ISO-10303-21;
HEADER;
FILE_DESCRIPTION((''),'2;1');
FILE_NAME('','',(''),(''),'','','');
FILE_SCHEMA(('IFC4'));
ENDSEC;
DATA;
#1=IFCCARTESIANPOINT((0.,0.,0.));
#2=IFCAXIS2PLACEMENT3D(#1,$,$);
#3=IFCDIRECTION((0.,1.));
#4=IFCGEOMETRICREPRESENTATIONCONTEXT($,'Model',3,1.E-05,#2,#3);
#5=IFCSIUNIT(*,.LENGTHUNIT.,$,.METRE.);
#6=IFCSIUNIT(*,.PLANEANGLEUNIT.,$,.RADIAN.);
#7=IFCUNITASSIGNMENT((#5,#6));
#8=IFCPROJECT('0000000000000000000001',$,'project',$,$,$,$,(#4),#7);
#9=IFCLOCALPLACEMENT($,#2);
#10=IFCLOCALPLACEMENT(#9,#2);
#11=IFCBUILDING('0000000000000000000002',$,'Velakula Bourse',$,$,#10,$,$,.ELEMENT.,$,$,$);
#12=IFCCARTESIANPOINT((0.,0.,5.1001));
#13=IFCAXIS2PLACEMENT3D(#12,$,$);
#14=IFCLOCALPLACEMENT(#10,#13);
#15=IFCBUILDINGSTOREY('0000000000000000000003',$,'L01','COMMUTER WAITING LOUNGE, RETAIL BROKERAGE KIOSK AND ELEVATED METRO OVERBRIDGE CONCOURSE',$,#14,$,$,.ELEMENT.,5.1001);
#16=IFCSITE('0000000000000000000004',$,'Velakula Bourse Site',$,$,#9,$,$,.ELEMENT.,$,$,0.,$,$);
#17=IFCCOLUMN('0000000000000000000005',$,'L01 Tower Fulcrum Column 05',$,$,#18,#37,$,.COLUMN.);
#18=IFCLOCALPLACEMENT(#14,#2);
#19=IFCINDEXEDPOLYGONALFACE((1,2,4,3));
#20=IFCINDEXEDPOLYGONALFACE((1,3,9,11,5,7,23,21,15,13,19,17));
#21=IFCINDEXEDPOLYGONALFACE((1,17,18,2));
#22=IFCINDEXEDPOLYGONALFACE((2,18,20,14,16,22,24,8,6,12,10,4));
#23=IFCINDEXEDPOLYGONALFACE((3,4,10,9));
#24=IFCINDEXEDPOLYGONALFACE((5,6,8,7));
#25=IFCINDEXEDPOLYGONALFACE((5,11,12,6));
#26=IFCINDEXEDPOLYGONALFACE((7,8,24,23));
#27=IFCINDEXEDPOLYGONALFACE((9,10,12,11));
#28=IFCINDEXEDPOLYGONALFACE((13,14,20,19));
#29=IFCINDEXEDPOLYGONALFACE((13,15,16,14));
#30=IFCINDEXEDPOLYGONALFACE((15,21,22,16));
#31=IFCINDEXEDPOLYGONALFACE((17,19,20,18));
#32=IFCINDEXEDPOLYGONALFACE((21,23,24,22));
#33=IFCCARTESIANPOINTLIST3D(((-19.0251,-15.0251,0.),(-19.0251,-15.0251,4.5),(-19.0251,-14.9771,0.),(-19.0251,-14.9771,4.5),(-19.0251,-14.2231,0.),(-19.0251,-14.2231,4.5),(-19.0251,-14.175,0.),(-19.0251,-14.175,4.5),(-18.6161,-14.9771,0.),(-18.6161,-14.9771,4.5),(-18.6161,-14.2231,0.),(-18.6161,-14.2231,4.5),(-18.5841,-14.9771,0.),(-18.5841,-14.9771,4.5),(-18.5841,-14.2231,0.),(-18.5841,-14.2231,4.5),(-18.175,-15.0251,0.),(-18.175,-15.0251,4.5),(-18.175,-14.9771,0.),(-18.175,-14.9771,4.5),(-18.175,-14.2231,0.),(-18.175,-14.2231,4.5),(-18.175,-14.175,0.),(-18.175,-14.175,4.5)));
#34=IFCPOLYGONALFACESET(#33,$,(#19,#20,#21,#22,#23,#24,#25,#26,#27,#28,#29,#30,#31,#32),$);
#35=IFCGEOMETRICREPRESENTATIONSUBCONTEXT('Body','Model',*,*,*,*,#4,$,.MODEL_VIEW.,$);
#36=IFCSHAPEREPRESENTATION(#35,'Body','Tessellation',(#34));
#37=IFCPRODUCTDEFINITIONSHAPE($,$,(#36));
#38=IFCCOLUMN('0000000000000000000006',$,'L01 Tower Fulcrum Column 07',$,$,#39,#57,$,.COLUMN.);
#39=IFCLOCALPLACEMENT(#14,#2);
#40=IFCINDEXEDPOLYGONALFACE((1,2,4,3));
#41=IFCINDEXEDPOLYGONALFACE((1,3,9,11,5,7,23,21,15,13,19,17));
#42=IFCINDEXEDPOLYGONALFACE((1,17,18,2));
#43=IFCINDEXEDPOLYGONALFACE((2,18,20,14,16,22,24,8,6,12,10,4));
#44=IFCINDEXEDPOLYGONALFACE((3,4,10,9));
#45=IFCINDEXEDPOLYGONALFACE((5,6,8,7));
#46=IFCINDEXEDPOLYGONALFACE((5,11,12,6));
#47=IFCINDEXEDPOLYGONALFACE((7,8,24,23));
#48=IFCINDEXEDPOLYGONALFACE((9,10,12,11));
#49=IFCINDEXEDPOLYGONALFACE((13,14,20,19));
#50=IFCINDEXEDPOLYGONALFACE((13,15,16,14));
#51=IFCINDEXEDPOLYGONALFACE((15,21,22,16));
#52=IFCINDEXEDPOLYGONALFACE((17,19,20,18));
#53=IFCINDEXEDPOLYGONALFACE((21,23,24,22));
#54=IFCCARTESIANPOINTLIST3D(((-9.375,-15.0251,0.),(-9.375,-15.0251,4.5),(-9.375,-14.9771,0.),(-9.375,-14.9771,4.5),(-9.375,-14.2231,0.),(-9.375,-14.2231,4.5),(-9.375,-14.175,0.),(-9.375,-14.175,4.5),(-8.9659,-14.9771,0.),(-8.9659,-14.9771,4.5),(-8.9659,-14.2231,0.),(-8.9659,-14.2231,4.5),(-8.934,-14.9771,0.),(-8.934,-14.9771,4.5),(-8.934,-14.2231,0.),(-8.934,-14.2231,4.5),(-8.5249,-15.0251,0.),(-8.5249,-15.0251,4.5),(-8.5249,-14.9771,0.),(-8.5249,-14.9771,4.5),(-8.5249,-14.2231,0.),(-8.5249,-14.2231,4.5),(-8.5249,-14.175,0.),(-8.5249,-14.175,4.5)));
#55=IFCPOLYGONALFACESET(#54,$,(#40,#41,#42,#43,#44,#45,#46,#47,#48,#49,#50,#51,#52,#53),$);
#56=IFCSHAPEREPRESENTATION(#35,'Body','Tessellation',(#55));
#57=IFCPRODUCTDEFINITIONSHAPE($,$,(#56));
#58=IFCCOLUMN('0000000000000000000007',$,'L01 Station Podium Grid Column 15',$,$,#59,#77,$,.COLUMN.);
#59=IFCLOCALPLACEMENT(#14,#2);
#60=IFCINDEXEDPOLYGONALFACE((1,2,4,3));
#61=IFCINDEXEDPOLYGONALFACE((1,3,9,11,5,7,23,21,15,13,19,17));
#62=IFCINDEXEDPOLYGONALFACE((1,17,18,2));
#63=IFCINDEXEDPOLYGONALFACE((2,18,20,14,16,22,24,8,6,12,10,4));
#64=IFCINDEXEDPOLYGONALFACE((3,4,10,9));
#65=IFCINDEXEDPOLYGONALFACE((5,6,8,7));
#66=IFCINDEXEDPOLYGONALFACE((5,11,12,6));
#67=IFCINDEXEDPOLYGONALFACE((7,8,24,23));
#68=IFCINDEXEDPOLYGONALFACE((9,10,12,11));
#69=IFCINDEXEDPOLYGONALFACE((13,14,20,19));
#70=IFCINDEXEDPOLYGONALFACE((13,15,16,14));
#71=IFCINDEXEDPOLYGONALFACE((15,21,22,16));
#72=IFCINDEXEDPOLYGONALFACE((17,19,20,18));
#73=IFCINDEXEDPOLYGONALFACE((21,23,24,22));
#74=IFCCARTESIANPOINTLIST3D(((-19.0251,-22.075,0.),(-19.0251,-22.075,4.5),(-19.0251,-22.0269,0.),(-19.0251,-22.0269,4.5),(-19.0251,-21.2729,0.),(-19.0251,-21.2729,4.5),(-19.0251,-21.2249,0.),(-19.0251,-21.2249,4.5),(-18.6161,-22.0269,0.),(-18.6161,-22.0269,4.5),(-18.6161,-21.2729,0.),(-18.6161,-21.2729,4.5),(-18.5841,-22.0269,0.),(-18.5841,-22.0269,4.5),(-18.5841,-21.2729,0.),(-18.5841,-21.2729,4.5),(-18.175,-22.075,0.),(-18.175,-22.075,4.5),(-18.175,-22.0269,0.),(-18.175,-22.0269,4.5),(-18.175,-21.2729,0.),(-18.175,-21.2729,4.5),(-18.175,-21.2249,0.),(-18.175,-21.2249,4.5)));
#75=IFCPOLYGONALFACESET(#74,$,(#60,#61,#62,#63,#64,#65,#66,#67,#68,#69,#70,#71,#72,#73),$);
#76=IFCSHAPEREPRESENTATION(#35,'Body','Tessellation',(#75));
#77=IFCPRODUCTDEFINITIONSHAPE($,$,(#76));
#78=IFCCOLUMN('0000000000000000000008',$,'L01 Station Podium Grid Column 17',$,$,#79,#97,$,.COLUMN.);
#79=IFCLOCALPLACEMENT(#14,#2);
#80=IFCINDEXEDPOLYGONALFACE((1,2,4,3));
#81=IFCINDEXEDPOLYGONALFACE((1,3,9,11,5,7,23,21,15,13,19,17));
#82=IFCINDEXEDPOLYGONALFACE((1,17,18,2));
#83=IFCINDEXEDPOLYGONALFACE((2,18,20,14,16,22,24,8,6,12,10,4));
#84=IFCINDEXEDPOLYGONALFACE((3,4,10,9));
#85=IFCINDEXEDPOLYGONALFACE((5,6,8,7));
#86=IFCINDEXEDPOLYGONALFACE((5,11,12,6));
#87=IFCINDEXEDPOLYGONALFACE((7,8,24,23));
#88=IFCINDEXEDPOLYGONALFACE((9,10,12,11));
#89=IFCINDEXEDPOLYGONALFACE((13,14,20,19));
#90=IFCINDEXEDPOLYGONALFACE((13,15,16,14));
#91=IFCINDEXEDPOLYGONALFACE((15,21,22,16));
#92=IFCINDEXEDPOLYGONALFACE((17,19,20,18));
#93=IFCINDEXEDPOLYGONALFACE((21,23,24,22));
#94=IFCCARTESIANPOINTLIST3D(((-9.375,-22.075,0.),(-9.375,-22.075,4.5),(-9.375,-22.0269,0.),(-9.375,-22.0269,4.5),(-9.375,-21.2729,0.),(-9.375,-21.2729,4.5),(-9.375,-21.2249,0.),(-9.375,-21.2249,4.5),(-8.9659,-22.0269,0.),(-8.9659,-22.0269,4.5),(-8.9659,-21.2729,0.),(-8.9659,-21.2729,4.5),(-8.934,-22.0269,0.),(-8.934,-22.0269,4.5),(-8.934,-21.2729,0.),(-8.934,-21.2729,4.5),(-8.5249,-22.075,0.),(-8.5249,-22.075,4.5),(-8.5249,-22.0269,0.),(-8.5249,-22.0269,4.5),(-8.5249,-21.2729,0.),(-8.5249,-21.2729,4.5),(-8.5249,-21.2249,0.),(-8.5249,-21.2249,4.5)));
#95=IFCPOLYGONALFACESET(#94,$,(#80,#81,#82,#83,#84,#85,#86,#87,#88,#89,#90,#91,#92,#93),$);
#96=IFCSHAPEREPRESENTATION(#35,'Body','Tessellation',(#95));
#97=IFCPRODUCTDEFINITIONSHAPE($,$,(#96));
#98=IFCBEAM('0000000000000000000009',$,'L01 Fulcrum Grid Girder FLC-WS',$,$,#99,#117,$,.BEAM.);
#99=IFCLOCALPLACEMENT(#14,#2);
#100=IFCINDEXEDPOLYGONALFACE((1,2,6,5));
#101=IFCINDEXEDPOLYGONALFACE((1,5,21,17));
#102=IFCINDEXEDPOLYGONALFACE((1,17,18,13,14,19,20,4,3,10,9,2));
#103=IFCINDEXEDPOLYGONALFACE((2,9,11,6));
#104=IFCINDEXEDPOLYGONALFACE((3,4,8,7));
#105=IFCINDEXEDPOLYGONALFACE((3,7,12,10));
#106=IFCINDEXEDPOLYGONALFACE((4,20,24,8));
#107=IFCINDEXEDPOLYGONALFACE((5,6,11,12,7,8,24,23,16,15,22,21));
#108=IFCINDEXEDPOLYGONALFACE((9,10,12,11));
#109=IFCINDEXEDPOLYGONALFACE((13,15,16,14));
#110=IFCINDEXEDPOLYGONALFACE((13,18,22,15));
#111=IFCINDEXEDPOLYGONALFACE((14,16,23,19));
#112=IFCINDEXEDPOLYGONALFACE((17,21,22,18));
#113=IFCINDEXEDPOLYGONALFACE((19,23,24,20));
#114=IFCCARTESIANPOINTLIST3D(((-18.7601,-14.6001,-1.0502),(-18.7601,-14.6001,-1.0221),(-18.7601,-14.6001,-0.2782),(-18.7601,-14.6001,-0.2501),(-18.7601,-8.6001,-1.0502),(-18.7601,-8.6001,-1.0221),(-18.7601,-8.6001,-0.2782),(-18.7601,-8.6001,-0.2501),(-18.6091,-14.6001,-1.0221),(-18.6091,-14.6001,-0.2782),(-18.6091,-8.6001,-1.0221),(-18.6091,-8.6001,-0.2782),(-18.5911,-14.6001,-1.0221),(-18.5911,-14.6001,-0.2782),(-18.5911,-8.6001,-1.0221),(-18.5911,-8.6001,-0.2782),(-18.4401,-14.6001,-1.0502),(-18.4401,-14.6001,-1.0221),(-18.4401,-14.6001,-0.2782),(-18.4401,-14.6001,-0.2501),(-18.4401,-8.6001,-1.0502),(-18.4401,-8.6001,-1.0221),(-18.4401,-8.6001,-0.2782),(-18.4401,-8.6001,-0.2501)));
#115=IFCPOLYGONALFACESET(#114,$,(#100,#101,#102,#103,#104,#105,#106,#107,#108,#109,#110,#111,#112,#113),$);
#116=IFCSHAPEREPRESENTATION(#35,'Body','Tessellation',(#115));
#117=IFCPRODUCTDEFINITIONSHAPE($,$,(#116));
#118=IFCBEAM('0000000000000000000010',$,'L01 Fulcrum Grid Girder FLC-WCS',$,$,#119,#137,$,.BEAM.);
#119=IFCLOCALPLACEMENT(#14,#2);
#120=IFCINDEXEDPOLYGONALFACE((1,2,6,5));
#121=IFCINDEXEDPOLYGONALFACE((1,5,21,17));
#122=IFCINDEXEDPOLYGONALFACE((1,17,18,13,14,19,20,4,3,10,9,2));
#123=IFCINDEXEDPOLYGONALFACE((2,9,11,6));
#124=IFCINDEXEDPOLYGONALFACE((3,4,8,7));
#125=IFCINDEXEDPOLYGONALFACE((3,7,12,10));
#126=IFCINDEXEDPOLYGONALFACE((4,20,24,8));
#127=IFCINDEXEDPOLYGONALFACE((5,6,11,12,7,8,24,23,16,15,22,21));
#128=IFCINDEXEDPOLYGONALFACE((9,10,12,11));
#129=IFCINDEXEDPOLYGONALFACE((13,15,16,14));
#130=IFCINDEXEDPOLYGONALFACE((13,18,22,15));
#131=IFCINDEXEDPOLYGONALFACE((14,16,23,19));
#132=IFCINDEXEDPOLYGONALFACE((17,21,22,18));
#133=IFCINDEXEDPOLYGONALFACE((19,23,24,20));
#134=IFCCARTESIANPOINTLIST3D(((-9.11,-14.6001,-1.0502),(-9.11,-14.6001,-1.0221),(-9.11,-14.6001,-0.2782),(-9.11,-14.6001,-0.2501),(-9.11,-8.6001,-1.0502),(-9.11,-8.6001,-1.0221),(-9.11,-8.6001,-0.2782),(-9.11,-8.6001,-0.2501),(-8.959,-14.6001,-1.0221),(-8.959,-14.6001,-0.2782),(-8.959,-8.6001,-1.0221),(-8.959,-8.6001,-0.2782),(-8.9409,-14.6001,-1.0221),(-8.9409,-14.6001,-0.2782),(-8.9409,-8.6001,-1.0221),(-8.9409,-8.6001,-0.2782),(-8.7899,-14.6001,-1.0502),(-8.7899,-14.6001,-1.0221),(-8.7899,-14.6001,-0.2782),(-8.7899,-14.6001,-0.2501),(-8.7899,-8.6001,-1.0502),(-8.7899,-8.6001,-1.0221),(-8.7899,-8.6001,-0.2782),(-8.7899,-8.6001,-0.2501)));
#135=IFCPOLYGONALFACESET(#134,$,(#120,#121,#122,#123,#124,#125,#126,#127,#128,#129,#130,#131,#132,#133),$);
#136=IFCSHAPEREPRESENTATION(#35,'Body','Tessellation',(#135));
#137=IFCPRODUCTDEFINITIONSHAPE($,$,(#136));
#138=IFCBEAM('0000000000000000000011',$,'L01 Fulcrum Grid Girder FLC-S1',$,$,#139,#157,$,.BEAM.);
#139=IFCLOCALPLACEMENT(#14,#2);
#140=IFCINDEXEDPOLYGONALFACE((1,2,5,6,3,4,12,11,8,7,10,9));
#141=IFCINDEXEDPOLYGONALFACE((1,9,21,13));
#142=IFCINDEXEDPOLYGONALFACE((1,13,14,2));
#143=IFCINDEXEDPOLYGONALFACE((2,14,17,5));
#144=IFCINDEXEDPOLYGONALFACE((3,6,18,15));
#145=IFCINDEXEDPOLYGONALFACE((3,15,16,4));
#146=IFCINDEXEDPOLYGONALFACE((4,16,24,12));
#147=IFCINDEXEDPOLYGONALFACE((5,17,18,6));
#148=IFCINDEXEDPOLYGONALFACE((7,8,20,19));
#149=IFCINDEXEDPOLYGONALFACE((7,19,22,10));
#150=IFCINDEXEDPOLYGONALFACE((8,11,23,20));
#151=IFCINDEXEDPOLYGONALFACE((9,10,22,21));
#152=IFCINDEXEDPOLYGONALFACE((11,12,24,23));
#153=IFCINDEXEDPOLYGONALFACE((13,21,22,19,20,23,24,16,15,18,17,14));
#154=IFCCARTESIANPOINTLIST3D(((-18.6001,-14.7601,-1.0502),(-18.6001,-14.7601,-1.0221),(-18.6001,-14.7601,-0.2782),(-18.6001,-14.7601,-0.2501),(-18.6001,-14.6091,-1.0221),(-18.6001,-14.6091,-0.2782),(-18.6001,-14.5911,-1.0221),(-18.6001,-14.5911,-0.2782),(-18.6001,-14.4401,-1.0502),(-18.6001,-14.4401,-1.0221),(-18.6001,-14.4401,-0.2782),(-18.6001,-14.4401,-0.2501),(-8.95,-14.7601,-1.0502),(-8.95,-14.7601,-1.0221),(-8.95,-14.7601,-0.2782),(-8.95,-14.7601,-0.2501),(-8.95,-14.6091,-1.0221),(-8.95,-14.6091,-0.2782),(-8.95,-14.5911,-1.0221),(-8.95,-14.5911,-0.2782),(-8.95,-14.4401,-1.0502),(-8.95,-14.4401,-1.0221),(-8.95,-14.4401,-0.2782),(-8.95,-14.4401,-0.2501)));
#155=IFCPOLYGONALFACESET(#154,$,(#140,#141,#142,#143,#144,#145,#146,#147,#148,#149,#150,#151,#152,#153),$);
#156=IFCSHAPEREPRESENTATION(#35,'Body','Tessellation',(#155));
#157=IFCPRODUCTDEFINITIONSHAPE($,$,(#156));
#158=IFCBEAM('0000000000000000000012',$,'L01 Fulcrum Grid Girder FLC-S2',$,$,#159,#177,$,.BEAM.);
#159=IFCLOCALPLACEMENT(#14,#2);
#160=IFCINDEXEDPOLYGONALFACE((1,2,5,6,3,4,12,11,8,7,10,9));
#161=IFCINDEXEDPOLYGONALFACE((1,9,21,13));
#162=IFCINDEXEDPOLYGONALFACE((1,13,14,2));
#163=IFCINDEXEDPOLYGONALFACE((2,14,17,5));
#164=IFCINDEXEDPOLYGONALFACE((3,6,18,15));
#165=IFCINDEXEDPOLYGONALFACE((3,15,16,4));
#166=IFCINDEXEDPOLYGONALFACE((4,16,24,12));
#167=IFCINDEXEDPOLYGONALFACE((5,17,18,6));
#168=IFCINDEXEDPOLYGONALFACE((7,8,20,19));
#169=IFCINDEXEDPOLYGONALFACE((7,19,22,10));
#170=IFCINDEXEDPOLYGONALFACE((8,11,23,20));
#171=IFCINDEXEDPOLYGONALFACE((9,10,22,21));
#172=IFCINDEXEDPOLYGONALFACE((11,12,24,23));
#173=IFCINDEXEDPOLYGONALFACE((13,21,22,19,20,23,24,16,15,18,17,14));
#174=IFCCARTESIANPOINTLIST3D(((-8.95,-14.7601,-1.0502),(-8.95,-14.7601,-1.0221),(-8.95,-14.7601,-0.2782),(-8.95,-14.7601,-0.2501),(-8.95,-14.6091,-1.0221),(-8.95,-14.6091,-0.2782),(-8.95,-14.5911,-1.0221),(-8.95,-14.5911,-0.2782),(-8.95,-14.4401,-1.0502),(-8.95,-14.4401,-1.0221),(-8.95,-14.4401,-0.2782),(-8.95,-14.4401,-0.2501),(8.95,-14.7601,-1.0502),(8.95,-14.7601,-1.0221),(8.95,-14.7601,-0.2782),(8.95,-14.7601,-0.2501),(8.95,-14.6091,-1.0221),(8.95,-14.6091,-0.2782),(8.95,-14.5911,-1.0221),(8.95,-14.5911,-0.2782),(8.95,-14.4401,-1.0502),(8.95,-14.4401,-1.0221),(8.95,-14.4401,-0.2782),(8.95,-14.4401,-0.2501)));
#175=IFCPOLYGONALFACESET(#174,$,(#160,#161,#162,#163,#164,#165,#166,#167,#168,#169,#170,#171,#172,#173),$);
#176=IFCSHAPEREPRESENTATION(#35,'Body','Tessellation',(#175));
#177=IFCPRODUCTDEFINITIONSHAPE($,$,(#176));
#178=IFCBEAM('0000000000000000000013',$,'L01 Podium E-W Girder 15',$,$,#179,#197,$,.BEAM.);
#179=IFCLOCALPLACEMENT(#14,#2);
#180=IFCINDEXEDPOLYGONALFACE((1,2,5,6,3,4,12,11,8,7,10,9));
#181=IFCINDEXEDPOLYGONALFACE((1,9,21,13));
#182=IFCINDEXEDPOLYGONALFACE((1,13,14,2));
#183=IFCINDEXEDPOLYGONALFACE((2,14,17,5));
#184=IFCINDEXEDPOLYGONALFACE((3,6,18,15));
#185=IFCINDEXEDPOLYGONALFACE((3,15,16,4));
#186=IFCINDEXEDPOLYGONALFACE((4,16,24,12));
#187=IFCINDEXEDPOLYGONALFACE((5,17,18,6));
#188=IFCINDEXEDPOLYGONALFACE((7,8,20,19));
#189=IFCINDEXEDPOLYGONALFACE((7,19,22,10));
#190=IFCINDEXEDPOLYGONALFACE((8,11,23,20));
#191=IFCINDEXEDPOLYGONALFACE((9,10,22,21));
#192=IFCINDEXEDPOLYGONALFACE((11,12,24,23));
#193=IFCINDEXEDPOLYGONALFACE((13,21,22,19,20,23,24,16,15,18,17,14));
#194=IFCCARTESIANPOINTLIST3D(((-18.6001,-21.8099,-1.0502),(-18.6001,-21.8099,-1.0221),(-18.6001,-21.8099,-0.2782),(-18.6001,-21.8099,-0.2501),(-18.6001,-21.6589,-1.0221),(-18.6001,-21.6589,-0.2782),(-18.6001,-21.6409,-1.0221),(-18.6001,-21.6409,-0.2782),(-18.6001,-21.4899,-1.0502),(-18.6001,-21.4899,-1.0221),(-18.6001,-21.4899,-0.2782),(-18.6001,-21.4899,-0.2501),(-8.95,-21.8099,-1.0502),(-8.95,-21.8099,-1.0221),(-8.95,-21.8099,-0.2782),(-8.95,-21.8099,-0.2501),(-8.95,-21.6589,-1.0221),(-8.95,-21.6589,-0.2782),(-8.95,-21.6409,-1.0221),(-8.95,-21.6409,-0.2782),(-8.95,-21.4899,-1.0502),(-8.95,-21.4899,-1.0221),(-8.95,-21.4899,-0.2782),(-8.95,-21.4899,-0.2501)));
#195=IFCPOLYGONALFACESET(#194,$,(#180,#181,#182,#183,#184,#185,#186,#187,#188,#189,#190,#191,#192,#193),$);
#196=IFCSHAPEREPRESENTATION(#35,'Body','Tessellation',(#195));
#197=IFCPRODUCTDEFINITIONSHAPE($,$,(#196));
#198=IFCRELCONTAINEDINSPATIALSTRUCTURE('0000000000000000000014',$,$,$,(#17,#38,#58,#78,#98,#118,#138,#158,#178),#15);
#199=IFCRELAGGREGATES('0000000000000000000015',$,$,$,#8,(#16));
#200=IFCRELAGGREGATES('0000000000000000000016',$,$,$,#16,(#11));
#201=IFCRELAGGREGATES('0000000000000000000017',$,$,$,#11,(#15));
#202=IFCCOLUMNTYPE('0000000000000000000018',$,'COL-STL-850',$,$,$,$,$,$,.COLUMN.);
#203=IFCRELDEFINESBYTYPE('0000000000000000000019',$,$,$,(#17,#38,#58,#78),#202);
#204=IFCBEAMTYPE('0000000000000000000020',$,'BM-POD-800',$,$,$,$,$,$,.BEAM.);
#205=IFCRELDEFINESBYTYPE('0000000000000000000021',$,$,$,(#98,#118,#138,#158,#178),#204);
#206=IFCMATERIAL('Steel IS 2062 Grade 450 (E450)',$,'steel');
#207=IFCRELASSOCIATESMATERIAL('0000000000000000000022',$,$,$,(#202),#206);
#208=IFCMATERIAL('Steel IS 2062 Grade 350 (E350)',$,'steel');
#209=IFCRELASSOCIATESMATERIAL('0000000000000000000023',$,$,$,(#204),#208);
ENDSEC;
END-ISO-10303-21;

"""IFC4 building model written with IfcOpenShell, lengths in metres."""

from ifc_helpers import new_model, si_unit, direction, frame, origin, origin_2d, place, context, subcontext, project, spatial, i_section, extrude, material, material_profile, profile_set, type_object, element, save


model = new_model("IFC4")

# Units and contexts
model_context = context("Model", 3, precision=1e-05, world=origin(), true_north=direction((0.0, 1.0)))
body_context = subcontext(model_context, "Body", "Model", "MODEL_VIEW")
ifc_project = project(units=[si_unit("LENGTHUNIT", "METRE"), si_unit("PLANEANGLEUNIT", "RADIAN")], contexts=[model_context])

# Site, building, storey
site_placement = place(None, origin())
site = spatial("IfcSite", under=ifc_project, at=site_placement, Name="Velakula Bourse Site", CompositionType="ELEMENT", RefElevation=0.0)
building_placement = place(site_placement, origin())
building = spatial("IfcBuilding", under=site, at=building_placement, Name="Velakula Bourse", CompositionType="ELEMENT")
storey_placement = place(building_placement, frame((0.0, 0.0, 5.1001)))
storey = spatial("IfcBuildingStorey", under=building, at=storey_placement, Name="L01", Description="COMMUTER WAITING LOUNGE, RETAIL BROKERAGE KIOSK AND ELEVATED METRO OVERBRIDGE CONCOURSE", CompositionType="ELEMENT", Elevation=5.1001)

# Columns
ifc_material_1 = material(Name="Steel IS 2062 Grade 450 (E450)", Category="steel")
ifc_material_profile_1 = material_profile(ifc_material_1, i_section(OverallWidth=0.8501, OverallDepth=0.8501, WebThickness=0.032, FlangeThickness=0.0481, at=origin_2d()), Name="Steel IS 2062 Grade 450 (E450)")
ifc_profile_set_1 = profile_set([ifc_material_profile_1], Name="Steel IS 2062 Grade 450 (E450)")
column_type = type_object("IfcColumnType", Name="COL-STL-850", PredefinedType="COLUMN", material=ifc_profile_set_1)
for number, where, z_axis, x_axis, name in (
    (1, (-18.6001, -14.6001, 0.0), (0.0, 0.0, 1.0), (1.0, 0.0, 0.0), "L01 Tower Fulcrum Column 05"),
    (2, (-8.95, -14.6001, 0.0), (0.0, 0.0, 1.0), (1.0, 0.0, 0.0), "L01 Tower Fulcrum Column 07"),
    (3, (-18.6001, -21.6499, 0.0), (0.0, 0.0, 1.0), (1.0, 0.0, 0.0), "L01 Station Podium Grid Column 15"),
    (4, (-8.95, -21.6499, 0.0), (0.0, 0.0, 1.0), (1.0, 0.0, 0.0), "L01 Station Podium Grid Column 17"),
):
    element("IfcColumn", number, at=place(storey_placement, frame(where, z_axis=z_axis, x_axis=x_axis)), inside=storey, type_object=column_type, Name=name, PredefinedType="COLUMN", context=body_context, shape_type="SweptSolid", body=[
        extrude(i_section(OverallWidth=0.8501, OverallDepth=0.8501, WebThickness=0.032, FlangeThickness=0.0481, at=origin_2d()), origin(), (0.0, 0.0, 1.0), 4.5),
    ])

# Beams
ifc_material_2 = material(Name="Steel IS 2062 Grade 350 (E350)", Category="steel")
ifc_material_profile_2 = material_profile(ifc_material_2, i_section(OverallWidth=0.3201, OverallDepth=0.8, WebThickness=0.0181, FlangeThickness=0.0281, at=origin_2d()), Name="Steel IS 2062 Grade 350 (E350)")
ifc_profile_set_2 = profile_set([ifc_material_profile_2], Name="Steel IS 2062 Grade 350 (E350)")
beam_type_1 = type_object("IfcBeamType", Name="BM-POD-800", PredefinedType="BEAM", material=ifc_profile_set_2)
for number, where, z_axis, x_axis, name in (
    (5, (-18.6001, -14.6001, -0.6501), (0.0, 1.0, 0.0), (-1.0, 0.0, 0.0), "L01 Fulcrum Grid Girder FLC-WS"),
    (6, (-8.95, -14.6001, -0.6501), (0.0, 1.0, 0.0), (-1.0, 0.0, 0.0), "L01 Fulcrum Grid Girder FLC-WCS"),
):
    element("IfcBeam", number, at=place(storey_placement, frame(where, z_axis=z_axis, x_axis=x_axis)), inside=storey, type_object=beam_type_1, Name=name, PredefinedType="BEAM", context=body_context, shape_type="SweptSolid", body=[
        extrude(i_section(OverallWidth=0.3201, OverallDepth=0.8, WebThickness=0.0181, FlangeThickness=0.0281, at=origin_2d()), origin(), (0.0, 0.0, 1.0), 6.0),
    ])
beam_1_placement = place(storey_placement, frame((-18.6001, -14.6001, -0.6501), z_axis=(1.0, 0.0, 0.0), x_axis=(0.0, 1.0, 0.0)))
element("IfcBeam", 7, at=beam_1_placement, inside=storey, type_object=beam_type_1, Name="L01 Fulcrum Grid Girder FLC-S1", PredefinedType="BEAM", context=body_context, shape_type="SweptSolid", body=[
    extrude(i_section(OverallWidth=0.3201, OverallDepth=0.8, WebThickness=0.0181, FlangeThickness=0.0281, at=origin_2d()), origin(), (0.0, 0.0, 1.0), 9.6501),
])
beam_2_placement = place(storey_placement, frame((-8.95, -14.6001, -0.6501), z_axis=(1.0, 0.0, 0.0), x_axis=(0.0, 1.0, 0.0)))
element("IfcBeam", 8, at=beam_2_placement, inside=storey, type_object=beam_type_1, Name="L01 Fulcrum Grid Girder FLC-S2", PredefinedType="BEAM", context=body_context, shape_type="SweptSolid", body=[
    extrude(i_section(OverallWidth=0.3201, OverallDepth=0.8, WebThickness=0.0181, FlangeThickness=0.0281, at=origin_2d()), origin(), (0.0, 0.0, 1.0), 17.8999),
])
beam_3_placement = place(storey_placement, frame((-18.6001, -21.6499, -0.6501), z_axis=(1.0, 0.0, 0.0), x_axis=(0.0, 1.0, 0.0)))
element("IfcBeam", 9, at=beam_3_placement, inside=storey, type_object=beam_type_1, Name="L01 Podium E-W Girder 15", PredefinedType="BEAM", context=body_context, shape_type="SweptSolid", body=[
    extrude(i_section(OverallWidth=0.3201, OverallDepth=0.8, WebThickness=0.0181, FlangeThickness=0.0281, at=origin_2d()), origin(), (0.0, 0.0, 1.0), 9.6501),
])

save(model, "model.ifc")
